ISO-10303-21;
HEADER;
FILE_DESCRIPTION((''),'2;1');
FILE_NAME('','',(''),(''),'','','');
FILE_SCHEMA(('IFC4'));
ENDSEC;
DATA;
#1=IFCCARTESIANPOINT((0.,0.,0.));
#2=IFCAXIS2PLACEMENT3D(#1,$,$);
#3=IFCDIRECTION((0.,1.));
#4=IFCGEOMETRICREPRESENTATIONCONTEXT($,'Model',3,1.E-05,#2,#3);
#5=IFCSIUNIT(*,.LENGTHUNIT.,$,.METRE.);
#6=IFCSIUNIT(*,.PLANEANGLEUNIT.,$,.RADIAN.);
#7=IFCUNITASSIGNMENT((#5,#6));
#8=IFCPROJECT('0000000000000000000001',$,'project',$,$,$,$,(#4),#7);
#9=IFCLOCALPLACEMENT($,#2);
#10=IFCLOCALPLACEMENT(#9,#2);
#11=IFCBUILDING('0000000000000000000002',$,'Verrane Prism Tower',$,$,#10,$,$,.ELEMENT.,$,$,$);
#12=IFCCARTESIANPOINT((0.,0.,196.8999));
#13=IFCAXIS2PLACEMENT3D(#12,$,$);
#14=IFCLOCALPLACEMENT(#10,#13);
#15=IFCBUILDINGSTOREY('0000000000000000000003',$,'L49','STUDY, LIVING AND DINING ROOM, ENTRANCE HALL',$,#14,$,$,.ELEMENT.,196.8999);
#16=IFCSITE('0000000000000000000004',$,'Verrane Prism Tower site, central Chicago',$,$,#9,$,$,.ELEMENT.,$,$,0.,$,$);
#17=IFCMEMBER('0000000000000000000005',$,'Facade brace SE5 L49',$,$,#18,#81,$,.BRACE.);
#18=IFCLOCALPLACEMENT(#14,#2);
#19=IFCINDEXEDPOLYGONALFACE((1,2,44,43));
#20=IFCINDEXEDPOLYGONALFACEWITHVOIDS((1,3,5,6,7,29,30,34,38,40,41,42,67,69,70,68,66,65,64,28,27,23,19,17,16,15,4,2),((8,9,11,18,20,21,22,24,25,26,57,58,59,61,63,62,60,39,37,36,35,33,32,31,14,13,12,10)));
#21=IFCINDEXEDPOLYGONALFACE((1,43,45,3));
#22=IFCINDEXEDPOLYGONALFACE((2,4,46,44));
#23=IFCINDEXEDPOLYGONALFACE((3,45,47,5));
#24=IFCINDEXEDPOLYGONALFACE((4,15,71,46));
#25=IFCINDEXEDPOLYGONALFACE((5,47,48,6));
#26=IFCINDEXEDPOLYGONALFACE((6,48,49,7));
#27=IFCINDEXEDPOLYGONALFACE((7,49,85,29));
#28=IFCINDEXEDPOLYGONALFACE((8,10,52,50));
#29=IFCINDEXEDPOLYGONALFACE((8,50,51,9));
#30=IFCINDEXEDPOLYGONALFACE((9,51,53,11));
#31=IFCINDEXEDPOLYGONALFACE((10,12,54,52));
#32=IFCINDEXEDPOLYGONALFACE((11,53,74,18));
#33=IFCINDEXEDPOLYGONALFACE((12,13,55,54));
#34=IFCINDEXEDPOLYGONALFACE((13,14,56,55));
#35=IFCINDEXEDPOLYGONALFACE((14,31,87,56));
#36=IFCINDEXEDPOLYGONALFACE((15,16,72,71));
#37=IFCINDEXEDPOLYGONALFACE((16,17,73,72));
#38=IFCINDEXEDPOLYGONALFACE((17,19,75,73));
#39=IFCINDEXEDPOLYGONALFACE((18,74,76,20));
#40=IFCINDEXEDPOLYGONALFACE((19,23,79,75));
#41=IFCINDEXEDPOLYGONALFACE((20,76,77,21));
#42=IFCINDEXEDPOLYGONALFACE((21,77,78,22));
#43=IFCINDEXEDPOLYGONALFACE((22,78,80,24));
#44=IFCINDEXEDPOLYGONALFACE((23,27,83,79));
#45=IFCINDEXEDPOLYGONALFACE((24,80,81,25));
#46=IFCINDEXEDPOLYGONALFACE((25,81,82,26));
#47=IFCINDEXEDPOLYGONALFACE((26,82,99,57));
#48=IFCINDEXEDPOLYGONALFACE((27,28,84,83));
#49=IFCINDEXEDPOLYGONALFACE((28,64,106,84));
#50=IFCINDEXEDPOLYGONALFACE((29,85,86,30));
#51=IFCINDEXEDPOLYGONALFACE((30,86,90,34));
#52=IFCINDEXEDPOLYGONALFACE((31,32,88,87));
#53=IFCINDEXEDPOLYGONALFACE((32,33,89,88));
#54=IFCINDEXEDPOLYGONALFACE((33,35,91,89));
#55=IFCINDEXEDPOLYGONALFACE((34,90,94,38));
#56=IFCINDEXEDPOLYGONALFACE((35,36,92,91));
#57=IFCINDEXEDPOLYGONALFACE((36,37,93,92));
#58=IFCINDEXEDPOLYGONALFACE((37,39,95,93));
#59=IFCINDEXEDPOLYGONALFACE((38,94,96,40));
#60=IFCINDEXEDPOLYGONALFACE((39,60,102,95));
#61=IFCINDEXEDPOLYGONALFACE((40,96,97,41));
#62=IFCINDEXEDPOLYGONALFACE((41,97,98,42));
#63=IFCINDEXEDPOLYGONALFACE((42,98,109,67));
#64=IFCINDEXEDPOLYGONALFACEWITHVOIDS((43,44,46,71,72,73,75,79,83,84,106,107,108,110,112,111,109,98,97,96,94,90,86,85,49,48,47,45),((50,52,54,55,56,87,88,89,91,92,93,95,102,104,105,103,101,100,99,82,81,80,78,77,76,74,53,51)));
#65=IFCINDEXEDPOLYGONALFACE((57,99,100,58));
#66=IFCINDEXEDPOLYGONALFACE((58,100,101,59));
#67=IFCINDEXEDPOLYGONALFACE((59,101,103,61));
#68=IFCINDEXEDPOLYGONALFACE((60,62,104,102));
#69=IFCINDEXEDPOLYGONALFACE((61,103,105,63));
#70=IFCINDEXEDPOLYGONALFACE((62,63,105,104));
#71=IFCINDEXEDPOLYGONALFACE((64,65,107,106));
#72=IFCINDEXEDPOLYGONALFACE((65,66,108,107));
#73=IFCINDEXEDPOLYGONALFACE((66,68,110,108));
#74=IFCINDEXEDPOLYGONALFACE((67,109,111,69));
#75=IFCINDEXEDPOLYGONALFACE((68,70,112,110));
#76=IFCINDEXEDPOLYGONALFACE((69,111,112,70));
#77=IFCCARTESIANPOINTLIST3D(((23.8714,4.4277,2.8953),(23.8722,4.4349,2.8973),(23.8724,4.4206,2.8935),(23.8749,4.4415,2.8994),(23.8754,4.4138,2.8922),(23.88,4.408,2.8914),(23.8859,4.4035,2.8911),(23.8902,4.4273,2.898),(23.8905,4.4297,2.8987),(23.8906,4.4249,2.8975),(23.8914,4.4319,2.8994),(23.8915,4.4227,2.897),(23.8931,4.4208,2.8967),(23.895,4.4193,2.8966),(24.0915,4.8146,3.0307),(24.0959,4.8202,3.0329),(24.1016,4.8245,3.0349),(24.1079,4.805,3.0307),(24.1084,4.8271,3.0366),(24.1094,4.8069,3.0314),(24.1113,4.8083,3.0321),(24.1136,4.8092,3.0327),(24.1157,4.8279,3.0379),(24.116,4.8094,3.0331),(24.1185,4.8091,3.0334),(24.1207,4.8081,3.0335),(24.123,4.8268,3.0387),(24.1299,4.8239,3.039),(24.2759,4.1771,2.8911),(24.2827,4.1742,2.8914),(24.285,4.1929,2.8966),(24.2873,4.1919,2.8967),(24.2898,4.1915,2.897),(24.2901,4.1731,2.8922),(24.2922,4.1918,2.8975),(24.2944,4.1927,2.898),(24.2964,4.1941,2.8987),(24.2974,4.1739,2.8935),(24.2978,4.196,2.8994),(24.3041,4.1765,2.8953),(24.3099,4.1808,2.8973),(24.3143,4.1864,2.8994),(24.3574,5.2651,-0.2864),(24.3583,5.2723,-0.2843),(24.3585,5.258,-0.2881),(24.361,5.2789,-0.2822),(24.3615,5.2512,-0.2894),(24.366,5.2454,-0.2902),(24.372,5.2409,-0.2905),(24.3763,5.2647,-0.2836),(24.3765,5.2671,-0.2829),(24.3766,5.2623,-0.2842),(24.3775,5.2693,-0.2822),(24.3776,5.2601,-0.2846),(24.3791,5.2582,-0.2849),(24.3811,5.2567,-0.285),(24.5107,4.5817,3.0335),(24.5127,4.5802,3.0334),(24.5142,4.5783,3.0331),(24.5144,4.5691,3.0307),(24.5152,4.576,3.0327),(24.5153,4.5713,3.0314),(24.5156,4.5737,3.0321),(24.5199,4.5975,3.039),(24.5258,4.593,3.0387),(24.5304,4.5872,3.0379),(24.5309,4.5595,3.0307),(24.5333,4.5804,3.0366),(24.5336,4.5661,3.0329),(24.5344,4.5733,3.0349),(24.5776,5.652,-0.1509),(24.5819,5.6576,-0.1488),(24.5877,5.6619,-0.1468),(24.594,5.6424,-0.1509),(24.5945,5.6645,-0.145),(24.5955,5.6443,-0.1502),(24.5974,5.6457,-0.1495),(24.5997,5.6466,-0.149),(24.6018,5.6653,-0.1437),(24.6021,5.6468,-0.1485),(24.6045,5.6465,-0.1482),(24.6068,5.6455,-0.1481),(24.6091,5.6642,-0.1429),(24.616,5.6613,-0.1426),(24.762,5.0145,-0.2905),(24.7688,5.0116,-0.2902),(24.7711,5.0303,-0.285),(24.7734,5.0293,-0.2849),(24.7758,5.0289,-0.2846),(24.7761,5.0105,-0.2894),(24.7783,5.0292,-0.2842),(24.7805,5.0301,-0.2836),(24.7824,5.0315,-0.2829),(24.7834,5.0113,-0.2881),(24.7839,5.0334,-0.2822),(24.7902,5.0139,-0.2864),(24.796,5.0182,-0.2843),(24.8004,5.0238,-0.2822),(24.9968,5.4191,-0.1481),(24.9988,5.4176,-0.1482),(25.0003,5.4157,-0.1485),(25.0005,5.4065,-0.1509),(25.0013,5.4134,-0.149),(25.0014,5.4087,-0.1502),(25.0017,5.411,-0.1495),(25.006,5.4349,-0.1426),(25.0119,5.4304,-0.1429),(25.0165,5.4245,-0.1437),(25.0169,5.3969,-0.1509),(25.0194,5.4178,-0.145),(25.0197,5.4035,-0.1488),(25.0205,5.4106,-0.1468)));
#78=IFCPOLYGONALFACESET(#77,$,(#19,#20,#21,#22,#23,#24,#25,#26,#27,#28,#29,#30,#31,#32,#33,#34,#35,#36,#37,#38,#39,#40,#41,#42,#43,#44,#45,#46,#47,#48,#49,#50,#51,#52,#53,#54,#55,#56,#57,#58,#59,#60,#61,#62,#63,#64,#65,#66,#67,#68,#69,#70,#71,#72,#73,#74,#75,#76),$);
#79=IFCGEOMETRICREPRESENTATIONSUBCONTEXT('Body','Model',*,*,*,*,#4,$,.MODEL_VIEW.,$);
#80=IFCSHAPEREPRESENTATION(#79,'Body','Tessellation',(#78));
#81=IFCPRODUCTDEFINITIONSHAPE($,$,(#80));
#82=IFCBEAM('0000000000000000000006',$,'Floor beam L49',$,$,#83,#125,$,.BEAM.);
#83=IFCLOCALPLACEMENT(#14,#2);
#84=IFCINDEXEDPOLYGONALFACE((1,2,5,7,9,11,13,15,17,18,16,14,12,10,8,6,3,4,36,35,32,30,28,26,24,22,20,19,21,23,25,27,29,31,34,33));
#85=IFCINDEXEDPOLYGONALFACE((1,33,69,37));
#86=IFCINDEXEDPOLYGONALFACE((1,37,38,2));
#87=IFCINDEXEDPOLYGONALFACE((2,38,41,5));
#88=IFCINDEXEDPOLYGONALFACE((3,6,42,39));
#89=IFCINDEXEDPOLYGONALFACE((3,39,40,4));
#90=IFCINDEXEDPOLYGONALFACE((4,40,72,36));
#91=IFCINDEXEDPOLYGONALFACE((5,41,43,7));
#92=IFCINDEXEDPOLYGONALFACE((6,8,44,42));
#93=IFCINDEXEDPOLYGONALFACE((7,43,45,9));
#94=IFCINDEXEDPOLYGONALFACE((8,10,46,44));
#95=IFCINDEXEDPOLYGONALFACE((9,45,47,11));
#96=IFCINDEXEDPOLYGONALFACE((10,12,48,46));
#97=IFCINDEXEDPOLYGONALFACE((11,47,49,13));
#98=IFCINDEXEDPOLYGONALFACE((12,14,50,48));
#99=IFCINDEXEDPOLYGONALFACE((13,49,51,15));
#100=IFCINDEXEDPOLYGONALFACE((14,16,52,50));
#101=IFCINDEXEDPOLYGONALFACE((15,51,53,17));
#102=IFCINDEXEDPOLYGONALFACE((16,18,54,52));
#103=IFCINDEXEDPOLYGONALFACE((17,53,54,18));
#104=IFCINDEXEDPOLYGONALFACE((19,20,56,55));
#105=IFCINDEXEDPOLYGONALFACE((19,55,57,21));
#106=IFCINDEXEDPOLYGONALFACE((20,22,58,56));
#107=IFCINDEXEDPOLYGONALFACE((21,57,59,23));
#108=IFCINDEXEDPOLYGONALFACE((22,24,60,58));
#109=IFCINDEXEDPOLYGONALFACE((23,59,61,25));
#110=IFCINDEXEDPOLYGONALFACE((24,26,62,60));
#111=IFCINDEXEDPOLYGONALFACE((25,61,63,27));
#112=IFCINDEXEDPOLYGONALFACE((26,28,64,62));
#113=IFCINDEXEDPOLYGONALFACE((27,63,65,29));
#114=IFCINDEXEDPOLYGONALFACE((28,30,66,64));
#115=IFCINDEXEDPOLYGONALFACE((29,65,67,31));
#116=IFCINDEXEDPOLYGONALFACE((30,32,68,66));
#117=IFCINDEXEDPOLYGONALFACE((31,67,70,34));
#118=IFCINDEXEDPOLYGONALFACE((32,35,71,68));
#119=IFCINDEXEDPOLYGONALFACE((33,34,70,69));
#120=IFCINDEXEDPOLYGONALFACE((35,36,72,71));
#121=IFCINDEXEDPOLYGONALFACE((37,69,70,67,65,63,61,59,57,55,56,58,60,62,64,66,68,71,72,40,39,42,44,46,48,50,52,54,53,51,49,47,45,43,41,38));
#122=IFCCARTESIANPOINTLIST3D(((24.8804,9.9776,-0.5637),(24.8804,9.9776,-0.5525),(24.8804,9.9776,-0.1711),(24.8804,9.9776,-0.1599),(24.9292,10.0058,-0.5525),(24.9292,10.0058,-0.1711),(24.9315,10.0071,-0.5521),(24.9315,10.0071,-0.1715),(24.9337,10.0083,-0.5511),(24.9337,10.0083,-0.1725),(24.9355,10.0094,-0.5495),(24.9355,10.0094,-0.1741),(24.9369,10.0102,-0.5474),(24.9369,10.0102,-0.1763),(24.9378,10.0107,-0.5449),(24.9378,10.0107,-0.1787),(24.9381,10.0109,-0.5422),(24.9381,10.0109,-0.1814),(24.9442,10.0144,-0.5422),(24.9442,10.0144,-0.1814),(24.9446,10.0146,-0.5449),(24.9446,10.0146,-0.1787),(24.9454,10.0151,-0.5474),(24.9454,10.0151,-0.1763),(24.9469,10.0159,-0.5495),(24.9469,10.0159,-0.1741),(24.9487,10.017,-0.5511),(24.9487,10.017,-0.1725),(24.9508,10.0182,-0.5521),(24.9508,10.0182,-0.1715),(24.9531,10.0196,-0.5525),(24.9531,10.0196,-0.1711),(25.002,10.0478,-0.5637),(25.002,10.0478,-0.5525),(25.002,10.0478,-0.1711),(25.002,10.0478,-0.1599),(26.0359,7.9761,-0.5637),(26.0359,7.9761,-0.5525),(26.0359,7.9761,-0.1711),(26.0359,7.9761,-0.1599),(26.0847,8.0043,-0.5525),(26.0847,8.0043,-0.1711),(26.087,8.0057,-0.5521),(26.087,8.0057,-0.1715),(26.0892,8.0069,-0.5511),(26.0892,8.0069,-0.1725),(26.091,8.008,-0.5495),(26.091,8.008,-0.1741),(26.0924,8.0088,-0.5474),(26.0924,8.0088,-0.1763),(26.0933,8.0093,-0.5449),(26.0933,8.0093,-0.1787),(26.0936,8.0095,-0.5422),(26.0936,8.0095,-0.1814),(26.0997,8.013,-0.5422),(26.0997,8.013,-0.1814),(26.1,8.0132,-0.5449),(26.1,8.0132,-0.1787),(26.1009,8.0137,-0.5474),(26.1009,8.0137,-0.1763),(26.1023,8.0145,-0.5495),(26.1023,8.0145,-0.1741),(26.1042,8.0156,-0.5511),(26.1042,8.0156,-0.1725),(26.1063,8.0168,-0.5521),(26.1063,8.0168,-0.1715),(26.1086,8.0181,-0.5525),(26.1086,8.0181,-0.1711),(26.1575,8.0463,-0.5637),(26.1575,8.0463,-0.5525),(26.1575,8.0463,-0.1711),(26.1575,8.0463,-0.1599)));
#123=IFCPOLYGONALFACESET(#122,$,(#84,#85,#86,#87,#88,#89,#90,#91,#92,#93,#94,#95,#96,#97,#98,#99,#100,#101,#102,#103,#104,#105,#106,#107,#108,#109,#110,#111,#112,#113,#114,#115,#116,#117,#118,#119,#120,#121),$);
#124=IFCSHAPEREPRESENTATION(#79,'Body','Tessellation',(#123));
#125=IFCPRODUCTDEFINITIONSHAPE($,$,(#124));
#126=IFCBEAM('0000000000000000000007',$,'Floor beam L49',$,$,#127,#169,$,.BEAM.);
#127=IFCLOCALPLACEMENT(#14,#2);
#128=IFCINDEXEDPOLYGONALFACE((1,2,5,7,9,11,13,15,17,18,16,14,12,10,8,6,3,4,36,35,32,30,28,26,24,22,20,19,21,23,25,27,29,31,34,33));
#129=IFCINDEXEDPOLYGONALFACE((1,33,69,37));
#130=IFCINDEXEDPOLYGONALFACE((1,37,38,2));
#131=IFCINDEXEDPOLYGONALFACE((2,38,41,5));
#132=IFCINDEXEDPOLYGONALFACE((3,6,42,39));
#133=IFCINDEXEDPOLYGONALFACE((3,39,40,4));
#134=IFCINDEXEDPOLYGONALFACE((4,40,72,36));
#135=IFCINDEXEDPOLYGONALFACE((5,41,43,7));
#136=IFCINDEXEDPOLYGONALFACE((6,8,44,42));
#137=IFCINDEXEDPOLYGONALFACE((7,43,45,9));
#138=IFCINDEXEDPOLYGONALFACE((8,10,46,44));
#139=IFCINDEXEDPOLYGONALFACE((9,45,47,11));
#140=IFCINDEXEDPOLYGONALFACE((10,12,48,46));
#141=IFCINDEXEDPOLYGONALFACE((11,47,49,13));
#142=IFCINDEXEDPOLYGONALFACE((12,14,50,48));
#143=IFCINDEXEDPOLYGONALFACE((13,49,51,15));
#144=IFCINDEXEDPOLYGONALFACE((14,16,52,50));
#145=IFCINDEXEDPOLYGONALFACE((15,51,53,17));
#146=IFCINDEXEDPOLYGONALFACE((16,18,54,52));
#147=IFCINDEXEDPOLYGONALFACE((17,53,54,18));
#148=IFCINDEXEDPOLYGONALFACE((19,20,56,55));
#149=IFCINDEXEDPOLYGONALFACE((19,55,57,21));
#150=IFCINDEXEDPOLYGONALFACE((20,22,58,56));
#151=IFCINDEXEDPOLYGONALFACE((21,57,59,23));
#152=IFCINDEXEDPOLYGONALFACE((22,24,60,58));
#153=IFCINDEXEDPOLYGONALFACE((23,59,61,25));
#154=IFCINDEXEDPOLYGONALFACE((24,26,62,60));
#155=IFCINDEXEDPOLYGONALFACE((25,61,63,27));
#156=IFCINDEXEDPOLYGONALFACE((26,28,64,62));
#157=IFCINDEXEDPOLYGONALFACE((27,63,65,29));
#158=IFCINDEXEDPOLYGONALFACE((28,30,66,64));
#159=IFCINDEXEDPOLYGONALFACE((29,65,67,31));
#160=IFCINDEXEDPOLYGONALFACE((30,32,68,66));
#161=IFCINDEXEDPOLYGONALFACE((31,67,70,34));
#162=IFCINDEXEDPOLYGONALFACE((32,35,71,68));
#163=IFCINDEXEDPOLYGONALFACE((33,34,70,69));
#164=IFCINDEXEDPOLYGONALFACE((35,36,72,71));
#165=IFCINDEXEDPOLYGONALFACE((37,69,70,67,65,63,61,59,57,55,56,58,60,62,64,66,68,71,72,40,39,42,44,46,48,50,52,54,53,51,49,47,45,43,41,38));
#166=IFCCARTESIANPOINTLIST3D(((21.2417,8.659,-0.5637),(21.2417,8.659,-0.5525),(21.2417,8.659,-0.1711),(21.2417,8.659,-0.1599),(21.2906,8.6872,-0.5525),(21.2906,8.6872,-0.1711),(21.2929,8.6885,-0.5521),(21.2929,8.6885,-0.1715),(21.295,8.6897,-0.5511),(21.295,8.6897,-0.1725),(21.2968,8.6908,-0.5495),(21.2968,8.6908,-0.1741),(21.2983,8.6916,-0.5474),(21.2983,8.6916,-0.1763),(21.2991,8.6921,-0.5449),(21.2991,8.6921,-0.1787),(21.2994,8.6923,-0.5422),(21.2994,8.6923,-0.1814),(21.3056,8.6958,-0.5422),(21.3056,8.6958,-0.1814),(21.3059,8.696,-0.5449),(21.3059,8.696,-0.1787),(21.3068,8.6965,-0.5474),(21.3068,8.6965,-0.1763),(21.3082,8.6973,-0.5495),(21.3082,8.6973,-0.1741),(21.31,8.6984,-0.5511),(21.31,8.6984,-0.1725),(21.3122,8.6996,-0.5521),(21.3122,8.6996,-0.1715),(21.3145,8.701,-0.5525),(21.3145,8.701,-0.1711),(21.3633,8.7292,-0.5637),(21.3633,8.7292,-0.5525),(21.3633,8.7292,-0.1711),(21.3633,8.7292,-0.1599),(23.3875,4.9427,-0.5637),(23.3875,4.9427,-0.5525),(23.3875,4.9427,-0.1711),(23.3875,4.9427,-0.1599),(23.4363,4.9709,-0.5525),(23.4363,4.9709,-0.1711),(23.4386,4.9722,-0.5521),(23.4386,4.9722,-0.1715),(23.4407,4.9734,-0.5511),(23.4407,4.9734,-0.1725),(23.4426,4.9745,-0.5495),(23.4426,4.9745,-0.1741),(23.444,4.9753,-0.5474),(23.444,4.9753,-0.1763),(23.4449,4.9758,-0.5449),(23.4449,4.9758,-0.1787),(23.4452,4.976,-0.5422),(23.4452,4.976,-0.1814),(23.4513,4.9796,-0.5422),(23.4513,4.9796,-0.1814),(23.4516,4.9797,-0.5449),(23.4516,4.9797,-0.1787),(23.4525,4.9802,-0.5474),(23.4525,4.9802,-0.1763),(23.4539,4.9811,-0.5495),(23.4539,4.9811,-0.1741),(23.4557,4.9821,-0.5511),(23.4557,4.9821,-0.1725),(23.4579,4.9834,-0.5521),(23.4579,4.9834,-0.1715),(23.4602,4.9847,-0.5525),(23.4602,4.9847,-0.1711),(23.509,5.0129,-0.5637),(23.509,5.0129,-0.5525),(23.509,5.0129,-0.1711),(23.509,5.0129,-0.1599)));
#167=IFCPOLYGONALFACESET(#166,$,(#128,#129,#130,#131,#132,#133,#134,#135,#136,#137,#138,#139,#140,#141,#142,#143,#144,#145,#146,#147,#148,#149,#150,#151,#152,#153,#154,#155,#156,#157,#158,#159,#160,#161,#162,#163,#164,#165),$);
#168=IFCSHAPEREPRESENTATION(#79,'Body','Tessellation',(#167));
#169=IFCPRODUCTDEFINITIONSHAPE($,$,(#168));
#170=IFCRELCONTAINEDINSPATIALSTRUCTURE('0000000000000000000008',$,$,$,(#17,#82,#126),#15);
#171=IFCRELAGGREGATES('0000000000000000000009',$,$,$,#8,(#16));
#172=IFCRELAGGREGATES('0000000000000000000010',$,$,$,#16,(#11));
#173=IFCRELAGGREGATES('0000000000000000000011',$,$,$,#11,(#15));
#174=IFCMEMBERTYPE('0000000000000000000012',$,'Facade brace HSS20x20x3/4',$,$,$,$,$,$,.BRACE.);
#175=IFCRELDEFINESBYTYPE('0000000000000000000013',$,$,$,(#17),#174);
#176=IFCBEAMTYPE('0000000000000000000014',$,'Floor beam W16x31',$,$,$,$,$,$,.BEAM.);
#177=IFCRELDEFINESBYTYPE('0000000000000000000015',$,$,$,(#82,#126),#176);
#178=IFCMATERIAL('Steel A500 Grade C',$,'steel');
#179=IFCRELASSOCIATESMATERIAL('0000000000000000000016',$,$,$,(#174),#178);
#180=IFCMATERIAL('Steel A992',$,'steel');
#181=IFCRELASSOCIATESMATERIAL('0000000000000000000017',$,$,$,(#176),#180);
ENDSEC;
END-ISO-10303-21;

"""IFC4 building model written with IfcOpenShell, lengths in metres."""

from ifc_helpers import new_model, si_unit, direction, frame, origin, origin_2d, place, context, subcontext, project, spatial, hollow_rectangle, i_section, extrude, material, material_profile, profile_set, type_object, element, save


model = new_model("IFC4")

# Units and contexts
model_context = context("Model", 3, precision=1e-05, world=origin(), true_north=direction((0.0, 1.0)))
body_context = subcontext(model_context, "Body", "Model", "MODEL_VIEW")
ifc_project = project(units=[si_unit("LENGTHUNIT", "METRE"), si_unit("PLANEANGLEUNIT", "RADIAN")], contexts=[model_context])

# Site, building, storey
site_placement = place(None, origin())
site = spatial("IfcSite", under=ifc_project, at=site_placement, Name="Verrane Prism Tower site, central Chicago", CompositionType="ELEMENT", RefElevation=0.0)
building_placement = place(site_placement, origin())
building = spatial("IfcBuilding", under=site, at=building_placement, Name="Verrane Prism Tower", CompositionType="ELEMENT")
storey_placement = place(building_placement, frame((0.0, 0.0, 196.8999)))
storey = spatial("IfcBuildingStorey", under=building, at=storey_placement, Name="L49", Description="STUDY, LIVING AND DINING ROOM, ENTRANCE HALL", CompositionType="ELEMENT", Elevation=196.8999)

# Member
ifc_material_1 = material(Name="Steel A500 Grade C", Category="steel")
ifc_material_profile_1 = material_profile(ifc_material_1, hollow_rectangle(XDim=0.5081, YDim=0.5081, WallThickness=0.019, InnerFilletRadius=0.0095, OuterFilletRadius=0.0286, at=origin_2d()), Name="HSS20x20x3/4")
ifc_profile_set_1 = profile_set([ifc_material_profile_1], Name="Steel A500 Grade C")
member_type_1 = type_object("IfcMemberType", Name="Facade brace HSS20x20x3/4", PredefinedType="BRACE", material=ifc_profile_set_1)
member_1_placement = place(storey_placement, frame((24.689, 5.3379, -0.2166), z_axis=(-0.146159, -0.251796, 0.95668), x_axis=(0.864856, -0.50202, 0.0)))
element("IfcMember", 1, at=member_1_placement, inside=storey, type_object=member_type_1, Name="Facade brace SE5 L49", PredefinedType="BRACE", context=body_context, shape_type="SweptSolid", body=[
    extrude(hollow_rectangle(XDim=0.5081, YDim=0.5081, WallThickness=0.019, InnerFilletRadius=0.0095, OuterFilletRadius=0.0286, at=origin_2d()), origin(), (0.0, 0.0, 1.0), 3.3257),
])

# Beams
ifc_material_2 = material(Name="Steel A992", Category="steel")
ifc_material_profile_2 = material_profile(ifc_material_2, i_section(OverallWidth=0.1404, OverallDepth=0.4038, WebThickness=0.0071, FlangeThickness=0.0112, FilletRadius=0.0103, at=origin_2d()), Name="W16x31")
ifc_profile_set_2 = profile_set([ifc_material_profile_2], Name="Steel A992")
beam_type_1 = type_object("IfcBeamType", Name="Floor beam W16x31", PredefinedType="BEAM", material=ifc_profile_set_2)
beam_1_placement = place(storey_placement, frame((26.0967, 8.0112, -0.3618), z_axis=(-0.499991, 0.866031, 0.0), x_axis=(-0.866031, -0.499991, 0.0)))
element("IfcBeam", 2, at=beam_1_placement, inside=storey, type_object=beam_type_1, Name="Floor beam L49", PredefinedType="BEAM", context=body_context, shape_type="SweptSolid", body=[
    extrude(i_section(OverallWidth=0.1404, OverallDepth=0.4038, WebThickness=0.0071, FlangeThickness=0.0112, FilletRadius=0.0103, at=origin_2d()), origin(), (0.0, 0.0, 1.0), 2.311),
])
beam_2_placement = place(storey_placement, frame((23.4482, 4.9778, -0.3618), z_axis=(-0.500025, 0.866011, 0.0), x_axis=(-0.866011, -0.500025, 0.0)))
element("IfcBeam", 3, at=beam_2_placement, inside=storey, type_object=beam_type_1, Name="Floor beam L49", PredefinedType="BEAM", context=body_context, shape_type="SweptSolid", body=[
    extrude(i_section(OverallWidth=0.1404, OverallDepth=0.4038, WebThickness=0.0071, FlangeThickness=0.0112, FilletRadius=0.0103, at=origin_2d()), origin(), (0.0, 0.0, 1.0), 4.2913),
])

save(model, "model.ifc")
